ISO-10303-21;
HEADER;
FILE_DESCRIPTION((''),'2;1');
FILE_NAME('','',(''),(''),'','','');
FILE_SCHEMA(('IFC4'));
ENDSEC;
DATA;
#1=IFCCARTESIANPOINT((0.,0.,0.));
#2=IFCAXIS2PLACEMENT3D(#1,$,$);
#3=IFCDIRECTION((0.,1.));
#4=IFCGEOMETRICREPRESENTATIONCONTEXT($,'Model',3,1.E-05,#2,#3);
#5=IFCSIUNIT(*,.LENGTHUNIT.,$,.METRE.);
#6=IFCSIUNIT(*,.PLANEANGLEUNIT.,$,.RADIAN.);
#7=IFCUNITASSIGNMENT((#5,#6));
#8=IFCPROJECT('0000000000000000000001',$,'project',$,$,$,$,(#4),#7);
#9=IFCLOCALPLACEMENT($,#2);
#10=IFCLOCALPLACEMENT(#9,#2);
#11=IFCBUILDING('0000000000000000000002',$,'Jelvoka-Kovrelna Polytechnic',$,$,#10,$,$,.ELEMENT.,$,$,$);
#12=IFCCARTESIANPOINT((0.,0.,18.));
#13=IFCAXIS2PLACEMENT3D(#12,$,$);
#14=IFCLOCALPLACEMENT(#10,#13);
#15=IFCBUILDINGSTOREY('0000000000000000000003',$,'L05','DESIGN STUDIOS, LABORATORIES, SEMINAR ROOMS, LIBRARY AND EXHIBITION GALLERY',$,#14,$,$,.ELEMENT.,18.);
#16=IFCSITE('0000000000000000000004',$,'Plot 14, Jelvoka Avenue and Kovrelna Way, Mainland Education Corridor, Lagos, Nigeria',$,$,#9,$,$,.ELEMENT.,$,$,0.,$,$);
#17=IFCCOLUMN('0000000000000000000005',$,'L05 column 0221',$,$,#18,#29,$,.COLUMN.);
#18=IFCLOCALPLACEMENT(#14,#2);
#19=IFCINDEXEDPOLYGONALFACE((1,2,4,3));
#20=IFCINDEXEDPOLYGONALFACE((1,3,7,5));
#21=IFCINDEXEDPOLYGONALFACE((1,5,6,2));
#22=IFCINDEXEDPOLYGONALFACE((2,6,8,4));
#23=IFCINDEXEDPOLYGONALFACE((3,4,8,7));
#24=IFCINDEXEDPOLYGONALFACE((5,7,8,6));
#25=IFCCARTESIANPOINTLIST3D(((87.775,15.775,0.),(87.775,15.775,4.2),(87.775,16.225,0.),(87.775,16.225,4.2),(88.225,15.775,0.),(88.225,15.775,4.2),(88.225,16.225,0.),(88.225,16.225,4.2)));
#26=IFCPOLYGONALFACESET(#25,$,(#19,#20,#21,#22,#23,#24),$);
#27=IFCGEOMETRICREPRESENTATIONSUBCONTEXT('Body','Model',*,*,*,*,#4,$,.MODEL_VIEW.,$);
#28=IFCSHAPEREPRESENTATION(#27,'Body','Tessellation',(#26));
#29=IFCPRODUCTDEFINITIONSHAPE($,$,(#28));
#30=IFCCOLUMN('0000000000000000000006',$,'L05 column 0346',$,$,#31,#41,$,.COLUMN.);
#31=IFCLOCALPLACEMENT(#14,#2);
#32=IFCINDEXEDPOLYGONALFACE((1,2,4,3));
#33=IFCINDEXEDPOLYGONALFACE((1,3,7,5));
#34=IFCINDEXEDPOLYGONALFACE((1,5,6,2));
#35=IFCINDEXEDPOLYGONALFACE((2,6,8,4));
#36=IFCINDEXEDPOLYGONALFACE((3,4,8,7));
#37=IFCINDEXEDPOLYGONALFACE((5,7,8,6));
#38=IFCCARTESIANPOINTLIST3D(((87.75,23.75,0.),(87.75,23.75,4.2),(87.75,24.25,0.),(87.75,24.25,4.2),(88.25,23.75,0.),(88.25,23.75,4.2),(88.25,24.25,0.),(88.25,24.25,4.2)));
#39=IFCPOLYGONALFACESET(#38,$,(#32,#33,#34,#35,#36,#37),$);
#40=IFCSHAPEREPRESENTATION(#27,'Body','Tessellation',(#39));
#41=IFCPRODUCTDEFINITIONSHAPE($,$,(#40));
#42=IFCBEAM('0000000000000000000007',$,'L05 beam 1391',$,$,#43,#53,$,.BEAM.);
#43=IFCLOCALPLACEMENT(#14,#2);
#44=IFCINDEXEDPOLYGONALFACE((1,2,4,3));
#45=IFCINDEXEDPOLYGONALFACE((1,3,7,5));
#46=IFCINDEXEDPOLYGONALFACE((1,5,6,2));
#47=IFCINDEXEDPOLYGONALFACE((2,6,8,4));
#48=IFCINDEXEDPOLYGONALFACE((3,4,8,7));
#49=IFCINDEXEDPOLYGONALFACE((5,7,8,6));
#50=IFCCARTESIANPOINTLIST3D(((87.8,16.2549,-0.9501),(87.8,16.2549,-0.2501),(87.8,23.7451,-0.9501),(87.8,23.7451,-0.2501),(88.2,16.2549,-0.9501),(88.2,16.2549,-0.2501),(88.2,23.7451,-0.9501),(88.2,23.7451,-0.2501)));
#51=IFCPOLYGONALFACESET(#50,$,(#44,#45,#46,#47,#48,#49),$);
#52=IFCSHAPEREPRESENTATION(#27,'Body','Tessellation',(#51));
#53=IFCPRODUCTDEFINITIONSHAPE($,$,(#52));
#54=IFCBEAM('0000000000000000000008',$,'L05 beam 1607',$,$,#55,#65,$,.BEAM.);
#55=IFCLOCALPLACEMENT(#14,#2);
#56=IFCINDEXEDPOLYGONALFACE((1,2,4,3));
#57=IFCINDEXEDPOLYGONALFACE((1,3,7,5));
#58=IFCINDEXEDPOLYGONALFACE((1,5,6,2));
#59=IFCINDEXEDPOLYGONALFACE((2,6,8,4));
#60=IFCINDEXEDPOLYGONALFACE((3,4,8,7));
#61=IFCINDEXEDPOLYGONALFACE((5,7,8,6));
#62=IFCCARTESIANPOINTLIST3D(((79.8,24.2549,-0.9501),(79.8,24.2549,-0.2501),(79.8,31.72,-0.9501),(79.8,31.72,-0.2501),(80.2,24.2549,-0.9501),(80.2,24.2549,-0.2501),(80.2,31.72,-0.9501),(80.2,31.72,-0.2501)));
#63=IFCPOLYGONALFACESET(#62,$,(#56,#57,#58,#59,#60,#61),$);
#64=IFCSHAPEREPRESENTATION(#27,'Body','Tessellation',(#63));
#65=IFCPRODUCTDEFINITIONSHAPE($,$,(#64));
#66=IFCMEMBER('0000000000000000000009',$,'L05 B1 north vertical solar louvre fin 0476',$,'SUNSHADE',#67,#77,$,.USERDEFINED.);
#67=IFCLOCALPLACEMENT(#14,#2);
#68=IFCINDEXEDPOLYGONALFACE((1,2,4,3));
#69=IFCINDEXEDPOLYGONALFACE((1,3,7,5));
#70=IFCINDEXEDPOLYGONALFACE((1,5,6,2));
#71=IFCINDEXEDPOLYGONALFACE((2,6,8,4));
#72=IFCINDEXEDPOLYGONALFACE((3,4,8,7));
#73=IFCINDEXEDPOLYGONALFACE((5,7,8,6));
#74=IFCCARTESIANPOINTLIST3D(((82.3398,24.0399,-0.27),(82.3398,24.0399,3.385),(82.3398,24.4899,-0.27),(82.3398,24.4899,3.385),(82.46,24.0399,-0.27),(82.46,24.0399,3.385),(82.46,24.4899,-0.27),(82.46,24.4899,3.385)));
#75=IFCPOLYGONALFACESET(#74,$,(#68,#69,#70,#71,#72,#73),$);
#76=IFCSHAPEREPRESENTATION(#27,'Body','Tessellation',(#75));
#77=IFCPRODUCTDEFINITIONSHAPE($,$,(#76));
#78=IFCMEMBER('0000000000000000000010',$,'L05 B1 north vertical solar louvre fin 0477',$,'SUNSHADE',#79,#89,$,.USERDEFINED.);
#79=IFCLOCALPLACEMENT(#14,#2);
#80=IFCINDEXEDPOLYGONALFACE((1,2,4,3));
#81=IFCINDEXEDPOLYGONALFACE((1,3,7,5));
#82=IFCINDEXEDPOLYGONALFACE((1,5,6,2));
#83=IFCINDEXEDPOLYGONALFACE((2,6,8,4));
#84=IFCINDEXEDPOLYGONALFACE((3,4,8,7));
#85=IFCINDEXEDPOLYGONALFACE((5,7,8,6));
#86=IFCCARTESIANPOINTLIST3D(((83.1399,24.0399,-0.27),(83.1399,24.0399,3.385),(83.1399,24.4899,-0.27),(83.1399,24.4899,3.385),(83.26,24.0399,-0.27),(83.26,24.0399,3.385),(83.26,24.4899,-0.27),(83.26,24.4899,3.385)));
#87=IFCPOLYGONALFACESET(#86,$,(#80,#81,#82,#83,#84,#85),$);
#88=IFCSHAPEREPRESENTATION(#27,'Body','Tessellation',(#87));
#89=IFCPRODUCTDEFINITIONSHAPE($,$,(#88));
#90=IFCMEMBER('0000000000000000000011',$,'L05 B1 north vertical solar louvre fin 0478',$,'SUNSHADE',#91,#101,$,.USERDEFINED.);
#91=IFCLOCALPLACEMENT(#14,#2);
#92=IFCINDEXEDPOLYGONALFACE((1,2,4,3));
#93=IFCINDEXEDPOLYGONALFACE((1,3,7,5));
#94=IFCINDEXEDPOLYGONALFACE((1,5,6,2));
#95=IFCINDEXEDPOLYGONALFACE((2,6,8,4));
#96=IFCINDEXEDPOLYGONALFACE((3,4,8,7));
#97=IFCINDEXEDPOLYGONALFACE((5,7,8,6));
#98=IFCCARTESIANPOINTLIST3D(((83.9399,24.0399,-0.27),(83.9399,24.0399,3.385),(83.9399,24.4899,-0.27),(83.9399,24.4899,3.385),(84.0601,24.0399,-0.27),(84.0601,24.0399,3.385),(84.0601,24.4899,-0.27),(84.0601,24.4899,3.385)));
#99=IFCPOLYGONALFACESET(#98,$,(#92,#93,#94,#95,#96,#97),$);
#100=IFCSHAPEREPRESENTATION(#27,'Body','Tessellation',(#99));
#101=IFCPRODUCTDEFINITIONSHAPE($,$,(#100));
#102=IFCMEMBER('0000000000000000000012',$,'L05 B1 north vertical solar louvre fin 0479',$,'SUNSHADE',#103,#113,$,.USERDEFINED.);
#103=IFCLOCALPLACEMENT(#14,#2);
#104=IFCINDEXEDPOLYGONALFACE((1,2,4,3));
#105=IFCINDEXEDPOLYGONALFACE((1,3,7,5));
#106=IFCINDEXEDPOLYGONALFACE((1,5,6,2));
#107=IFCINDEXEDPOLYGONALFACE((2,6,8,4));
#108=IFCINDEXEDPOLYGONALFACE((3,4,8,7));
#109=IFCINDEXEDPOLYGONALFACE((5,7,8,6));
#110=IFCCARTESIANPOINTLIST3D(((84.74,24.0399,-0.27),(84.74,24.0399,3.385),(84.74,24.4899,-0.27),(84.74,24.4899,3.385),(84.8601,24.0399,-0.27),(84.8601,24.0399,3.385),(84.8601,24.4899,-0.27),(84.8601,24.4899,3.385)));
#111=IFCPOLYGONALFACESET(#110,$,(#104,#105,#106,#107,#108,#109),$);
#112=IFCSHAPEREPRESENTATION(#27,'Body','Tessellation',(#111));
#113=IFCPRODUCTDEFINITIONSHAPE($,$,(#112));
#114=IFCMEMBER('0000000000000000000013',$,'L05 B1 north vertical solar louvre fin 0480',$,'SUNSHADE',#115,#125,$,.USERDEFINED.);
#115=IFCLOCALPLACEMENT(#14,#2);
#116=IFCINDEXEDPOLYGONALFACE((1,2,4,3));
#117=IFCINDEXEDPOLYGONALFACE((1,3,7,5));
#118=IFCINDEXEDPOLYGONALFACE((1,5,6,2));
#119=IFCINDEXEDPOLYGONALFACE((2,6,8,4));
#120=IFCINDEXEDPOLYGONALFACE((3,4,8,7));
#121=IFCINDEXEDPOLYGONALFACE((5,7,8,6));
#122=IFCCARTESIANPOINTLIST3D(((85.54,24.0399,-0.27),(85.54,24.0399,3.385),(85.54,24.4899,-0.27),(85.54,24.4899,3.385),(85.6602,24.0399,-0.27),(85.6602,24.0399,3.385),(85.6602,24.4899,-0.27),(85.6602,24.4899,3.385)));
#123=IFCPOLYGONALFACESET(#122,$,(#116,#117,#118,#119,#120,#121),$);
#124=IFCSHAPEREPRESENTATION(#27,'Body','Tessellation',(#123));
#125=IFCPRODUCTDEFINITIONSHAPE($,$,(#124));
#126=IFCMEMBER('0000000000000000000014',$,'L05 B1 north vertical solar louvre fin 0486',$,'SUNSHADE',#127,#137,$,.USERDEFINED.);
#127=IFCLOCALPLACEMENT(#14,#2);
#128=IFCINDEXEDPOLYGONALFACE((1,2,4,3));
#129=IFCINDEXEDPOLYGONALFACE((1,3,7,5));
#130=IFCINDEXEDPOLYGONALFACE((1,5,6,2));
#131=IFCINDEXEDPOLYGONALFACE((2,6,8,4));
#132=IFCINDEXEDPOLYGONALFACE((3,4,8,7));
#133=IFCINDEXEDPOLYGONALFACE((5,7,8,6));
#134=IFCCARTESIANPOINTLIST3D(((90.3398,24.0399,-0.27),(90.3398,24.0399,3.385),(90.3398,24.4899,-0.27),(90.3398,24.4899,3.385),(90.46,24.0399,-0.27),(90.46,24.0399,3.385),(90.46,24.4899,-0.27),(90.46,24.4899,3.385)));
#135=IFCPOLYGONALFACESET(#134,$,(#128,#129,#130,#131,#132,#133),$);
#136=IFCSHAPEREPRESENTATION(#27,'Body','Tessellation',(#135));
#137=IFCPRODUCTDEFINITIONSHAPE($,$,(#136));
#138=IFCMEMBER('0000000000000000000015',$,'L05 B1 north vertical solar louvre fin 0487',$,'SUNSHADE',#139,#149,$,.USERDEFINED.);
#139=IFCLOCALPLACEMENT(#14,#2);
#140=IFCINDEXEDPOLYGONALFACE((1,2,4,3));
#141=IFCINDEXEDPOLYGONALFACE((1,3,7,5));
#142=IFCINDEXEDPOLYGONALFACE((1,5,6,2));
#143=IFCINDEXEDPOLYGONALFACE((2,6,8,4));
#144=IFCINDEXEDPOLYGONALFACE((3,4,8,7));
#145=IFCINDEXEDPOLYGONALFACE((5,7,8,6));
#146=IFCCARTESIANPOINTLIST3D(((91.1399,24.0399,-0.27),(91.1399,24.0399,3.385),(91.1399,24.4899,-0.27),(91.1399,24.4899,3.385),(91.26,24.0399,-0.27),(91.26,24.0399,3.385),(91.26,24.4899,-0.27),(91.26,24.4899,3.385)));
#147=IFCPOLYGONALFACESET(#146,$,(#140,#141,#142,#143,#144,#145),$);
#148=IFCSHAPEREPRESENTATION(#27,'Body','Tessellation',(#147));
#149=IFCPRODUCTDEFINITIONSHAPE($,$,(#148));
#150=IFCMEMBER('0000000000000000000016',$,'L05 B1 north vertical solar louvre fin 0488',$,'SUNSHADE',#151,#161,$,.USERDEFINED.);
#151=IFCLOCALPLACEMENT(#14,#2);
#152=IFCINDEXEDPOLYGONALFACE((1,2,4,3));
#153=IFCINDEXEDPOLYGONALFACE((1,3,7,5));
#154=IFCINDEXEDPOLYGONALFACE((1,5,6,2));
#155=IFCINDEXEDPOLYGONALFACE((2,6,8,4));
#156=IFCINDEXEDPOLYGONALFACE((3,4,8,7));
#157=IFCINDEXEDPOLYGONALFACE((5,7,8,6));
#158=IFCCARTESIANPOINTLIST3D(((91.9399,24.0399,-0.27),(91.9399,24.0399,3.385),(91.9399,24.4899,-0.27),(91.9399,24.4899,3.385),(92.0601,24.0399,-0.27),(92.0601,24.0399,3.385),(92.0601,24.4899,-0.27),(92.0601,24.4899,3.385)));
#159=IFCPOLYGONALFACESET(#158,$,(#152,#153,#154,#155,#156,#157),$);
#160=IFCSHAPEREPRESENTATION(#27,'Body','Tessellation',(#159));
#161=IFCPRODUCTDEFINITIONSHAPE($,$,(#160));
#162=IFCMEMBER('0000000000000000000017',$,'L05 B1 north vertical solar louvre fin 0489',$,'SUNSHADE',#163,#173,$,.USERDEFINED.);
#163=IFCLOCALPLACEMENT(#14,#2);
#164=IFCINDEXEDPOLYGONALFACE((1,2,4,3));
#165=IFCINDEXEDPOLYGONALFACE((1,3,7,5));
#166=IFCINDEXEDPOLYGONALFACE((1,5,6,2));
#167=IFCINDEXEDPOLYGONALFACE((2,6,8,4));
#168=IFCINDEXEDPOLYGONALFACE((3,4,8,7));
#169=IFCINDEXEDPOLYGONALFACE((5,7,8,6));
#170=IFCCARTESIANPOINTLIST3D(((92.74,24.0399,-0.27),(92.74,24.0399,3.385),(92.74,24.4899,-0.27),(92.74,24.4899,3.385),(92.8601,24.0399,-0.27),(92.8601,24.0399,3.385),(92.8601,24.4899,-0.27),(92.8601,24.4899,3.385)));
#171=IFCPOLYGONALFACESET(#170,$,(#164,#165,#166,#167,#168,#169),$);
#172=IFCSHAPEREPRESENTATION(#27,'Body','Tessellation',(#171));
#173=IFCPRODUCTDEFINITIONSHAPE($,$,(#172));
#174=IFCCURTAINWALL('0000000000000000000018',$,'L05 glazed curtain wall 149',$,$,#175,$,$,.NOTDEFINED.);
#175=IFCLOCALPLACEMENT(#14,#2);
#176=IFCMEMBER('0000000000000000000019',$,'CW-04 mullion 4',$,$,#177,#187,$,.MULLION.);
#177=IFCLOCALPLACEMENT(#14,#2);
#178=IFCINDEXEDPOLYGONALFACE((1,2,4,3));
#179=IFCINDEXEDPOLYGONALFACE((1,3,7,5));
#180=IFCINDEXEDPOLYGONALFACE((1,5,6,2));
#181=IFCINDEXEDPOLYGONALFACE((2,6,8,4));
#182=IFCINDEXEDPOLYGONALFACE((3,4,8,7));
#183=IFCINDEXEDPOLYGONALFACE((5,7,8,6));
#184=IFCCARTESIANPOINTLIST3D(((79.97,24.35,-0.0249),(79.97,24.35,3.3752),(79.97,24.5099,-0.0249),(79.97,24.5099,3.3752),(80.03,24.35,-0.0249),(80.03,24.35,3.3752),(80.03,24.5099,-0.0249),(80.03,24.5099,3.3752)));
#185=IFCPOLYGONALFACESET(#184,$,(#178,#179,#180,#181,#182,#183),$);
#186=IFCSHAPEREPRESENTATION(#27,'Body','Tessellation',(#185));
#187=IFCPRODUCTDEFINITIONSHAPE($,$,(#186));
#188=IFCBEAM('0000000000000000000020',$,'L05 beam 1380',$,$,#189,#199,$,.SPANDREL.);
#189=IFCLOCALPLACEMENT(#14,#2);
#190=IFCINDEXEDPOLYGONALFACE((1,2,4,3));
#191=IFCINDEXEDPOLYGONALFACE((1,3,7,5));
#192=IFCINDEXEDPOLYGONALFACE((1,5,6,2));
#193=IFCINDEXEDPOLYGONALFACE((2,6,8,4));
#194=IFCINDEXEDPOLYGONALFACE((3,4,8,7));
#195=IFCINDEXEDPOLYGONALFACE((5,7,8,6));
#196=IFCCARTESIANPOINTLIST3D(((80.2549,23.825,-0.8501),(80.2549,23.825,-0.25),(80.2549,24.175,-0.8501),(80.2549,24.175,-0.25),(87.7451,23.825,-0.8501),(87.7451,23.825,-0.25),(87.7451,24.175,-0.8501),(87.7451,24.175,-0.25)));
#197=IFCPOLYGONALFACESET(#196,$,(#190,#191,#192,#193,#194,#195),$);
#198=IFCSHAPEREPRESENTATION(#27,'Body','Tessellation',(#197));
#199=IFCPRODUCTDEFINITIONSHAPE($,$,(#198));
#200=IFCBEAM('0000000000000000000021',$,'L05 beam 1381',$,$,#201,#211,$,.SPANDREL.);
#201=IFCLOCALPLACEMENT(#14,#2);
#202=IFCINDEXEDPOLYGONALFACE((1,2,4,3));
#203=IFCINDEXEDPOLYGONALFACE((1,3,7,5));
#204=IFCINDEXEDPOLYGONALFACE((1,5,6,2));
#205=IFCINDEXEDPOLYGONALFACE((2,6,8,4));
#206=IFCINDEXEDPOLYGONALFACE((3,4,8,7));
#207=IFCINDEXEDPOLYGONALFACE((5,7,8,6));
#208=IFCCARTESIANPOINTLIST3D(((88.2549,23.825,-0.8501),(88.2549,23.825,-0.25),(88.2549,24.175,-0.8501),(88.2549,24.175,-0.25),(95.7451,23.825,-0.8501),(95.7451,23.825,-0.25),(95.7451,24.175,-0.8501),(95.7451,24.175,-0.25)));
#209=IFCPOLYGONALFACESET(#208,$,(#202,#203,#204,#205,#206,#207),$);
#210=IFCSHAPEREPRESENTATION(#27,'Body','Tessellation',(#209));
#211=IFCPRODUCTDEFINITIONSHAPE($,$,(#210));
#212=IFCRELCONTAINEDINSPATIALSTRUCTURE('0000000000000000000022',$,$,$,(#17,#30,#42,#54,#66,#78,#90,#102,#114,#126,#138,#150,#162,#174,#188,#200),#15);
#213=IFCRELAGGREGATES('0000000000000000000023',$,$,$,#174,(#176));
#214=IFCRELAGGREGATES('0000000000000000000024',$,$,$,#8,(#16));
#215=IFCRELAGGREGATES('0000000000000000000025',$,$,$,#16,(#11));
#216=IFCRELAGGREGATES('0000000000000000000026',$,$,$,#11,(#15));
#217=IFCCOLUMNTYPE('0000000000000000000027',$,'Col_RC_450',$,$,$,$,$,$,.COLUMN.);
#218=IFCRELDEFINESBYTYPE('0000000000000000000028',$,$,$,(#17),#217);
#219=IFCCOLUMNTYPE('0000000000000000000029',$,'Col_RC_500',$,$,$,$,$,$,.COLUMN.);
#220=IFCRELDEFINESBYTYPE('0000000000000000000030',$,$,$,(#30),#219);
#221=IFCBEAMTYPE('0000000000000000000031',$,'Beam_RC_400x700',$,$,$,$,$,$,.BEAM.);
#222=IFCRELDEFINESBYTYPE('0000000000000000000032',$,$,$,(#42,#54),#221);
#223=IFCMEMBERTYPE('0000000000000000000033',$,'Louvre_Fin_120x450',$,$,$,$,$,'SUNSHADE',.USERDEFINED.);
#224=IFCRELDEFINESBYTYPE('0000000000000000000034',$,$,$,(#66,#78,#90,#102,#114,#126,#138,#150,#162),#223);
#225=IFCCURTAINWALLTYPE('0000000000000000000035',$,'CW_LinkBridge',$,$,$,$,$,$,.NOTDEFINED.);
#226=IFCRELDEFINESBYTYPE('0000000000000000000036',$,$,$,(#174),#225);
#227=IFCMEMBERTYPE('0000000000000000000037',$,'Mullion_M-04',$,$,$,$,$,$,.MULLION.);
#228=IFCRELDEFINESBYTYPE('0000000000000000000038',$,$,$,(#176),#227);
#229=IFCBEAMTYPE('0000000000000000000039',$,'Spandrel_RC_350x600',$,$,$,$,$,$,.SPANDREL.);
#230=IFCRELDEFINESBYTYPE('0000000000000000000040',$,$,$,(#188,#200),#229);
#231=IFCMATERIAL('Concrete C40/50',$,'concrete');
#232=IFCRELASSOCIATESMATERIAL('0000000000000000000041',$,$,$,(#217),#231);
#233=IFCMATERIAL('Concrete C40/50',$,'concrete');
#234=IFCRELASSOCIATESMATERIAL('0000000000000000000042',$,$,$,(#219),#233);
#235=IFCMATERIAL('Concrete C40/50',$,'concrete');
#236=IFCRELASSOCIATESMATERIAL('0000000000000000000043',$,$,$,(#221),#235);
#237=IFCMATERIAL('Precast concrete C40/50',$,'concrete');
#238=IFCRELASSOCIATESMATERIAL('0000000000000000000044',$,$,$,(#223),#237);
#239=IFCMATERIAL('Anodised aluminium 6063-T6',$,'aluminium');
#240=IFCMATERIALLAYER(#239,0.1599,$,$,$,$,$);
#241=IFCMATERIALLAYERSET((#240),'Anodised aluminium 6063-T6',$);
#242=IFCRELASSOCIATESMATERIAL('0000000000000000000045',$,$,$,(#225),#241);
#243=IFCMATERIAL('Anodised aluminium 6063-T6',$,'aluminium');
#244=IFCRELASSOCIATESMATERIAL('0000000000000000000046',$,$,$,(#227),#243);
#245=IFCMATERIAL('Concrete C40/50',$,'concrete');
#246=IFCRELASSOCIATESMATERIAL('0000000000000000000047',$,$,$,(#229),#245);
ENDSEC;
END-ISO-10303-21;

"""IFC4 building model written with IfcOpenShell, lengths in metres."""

from ifc_helpers import new_model, si_unit, direction, frame, origin, origin_2d, place, context, subcontext, project, spatial, rectangle, extrude, material, layer, layer_set, material_profile, profile_set, type_object, element, aggregate, save


model = new_model("IFC4")

# Units and contexts
model_context = context("Model", 3, precision=1e-05, world=origin(), true_north=direction((0.0, 1.0)))
body_context = subcontext(model_context, "Body", "Model", "MODEL_VIEW")
ifc_project = project(units=[si_unit("LENGTHUNIT", "METRE"), si_unit("PLANEANGLEUNIT", "RADIAN")], contexts=[model_context])

# Site, building, storey
site_placement = place(None, origin())
site = spatial("IfcSite", under=ifc_project, at=site_placement, Name="Plot 14, Jelvoka Avenue and Kovrelna Way, Mainland Education Corridor, Lagos, Nigeria", CompositionType="ELEMENT", RefElevation=0.0)
building_placement = place(site_placement, origin())
building = spatial("IfcBuilding", under=site, at=building_placement, Name="Jelvoka-Kovrelna Polytechnic", CompositionType="ELEMENT")
storey_placement = place(building_placement, frame((0.0, 0.0, 18.0)))
storey = spatial("IfcBuildingStorey", under=building, at=storey_placement, Name="L05", Description="DESIGN STUDIOS, LABORATORIES, SEMINAR ROOMS, LIBRARY AND EXHIBITION GALLERY", CompositionType="ELEMENT", Elevation=18.0)

# Columns
ifc_material_1 = material(Name="Concrete C40/50", Category="concrete")
ifc_material_profile_1 = material_profile(ifc_material_1, rectangle(XDim=0.45, YDim=0.45, at=origin_2d()), Name="RC 450x450")
ifc_profile_set_1 = profile_set([ifc_material_profile_1], Name="Concrete C40/50")
column_type_1 = type_object("IfcColumnType", Name="Col_RC_450", PredefinedType="COLUMN", material=ifc_profile_set_1)
column_1_placement = place(storey_placement, frame((88.0, 16.0, 0.0), z_axis=(0.0, 0.0, 1.0), x_axis=(1.0, 0.0, 0.0)))
element("IfcColumn", 1, at=column_1_placement, inside=storey, type_object=column_type_1, Name="L05 column 0221", PredefinedType="COLUMN", context=body_context, shape_type="SweptSolid", body=[
    extrude(rectangle(XDim=0.45, YDim=0.45, at=origin_2d()), origin(), (0.0, 0.0, 1.0), 4.2),
])
ifc_material_2 = material(Name="Concrete C40/50", Category="concrete")
ifc_material_profile_2 = material_profile(ifc_material_2, rectangle(XDim=0.5, YDim=0.5, at=origin_2d()), Name="RC 500x500")
ifc_profile_set_2 = profile_set([ifc_material_profile_2], Name="Concrete C40/50")
column_type_2 = type_object("IfcColumnType", Name="Col_RC_500", PredefinedType="COLUMN", material=ifc_profile_set_2)
column_2_placement = place(storey_placement, frame((88.0, 24.0, 0.0), z_axis=(0.0, 0.0, 1.0), x_axis=(1.0, 0.0, 0.0)))
element("IfcColumn", 2, at=column_2_placement, inside=storey, type_object=column_type_2, Name="L05 column 0346", PredefinedType="COLUMN", context=body_context, shape_type="SweptSolid", body=[
    extrude(rectangle(XDim=0.5, YDim=0.5, at=origin_2d()), origin(), (0.0, 0.0, 1.0), 4.2),
])

# Beams
ifc_material_3 = material(Name="Concrete C40/50", Category="concrete")
ifc_material_profile_3 = material_profile(ifc_material_3, rectangle(XDim=0.3999, YDim=0.7, at=origin_2d()), Name="RC 400x700")
ifc_profile_set_3 = profile_set([ifc_material_profile_3], Name="Concrete C40/50")
beam_type_1 = type_object("IfcBeamType", Name="Beam_RC_400x700", PredefinedType="BEAM", material=ifc_profile_set_3)
beam_1_placement = place(storey_placement, frame((88.0, 16.2549, -0.6001), z_axis=(0.0, 1.0, 0.0), x_axis=(-1.0, 0.0, 0.0)))
element("IfcBeam", 3, at=beam_1_placement, inside=storey, type_object=beam_type_1, Name="L05 beam 1391", PredefinedType="BEAM", context=body_context, shape_type="SweptSolid", body=[
    extrude(rectangle(XDim=0.3999, YDim=0.7, at=origin_2d()), origin(), (0.0, 0.0, 1.0), 7.4902),
])
beam_2_placement = place(storey_placement, frame((80.0, 24.2549, -0.6001), z_axis=(0.0, 1.0, 0.0), x_axis=(-1.0, 0.0, 0.0)))
element("IfcBeam", 4, at=beam_2_placement, inside=storey, type_object=beam_type_1, Name="L05 beam 1607", PredefinedType="BEAM", context=body_context, shape_type="SweptSolid", body=[
    extrude(rectangle(XDim=0.3999, YDim=0.7, at=origin_2d()), origin(), (0.0, 0.0, 1.0), 7.4651),
])

# Members
ifc_material_4 = material(Name="Precast concrete C40/50", Category="concrete")
ifc_material_profile_4 = material_profile(ifc_material_4, rectangle(XDim=0.1201, YDim=0.45, at=origin_2d()), Name="PC 120x450")
ifc_profile_set_4 = profile_set([ifc_material_profile_4], Name="Precast concrete C40/50")
member_type_1 = type_object("IfcMemberType", Name="Louvre_Fin_120x450", ElementType="SUNSHADE", PredefinedType="USERDEFINED", material=ifc_profile_set_4)
for number, where, z_axis, x_axis, name in (
    (5, (82.3999, 24.2649, -0.27), (0.0, 0.0, 1.0), (1.0, 0.0, 0.0), "L05 B1 north vertical solar louvre fin 0476"),
    (6, (83.2, 24.2649, -0.27), (0.0, 0.0, 1.0), (1.0, 0.0, 0.0), "L05 B1 north vertical solar louvre fin 0477"),
    (7, (84.0, 24.2649, -0.27), (0.0, 0.0, 1.0), (1.0, 0.0, 0.0), "L05 B1 north vertical solar louvre fin 0478"),
    (8, (84.8, 24.2649, -0.27), (0.0, 0.0, 1.0), (1.0, 0.0, 0.0), "L05 B1 north vertical solar louvre fin 0479"),
    (9, (85.6001, 24.2649, -0.27), (0.0, 0.0, 1.0), (1.0, 0.0, 0.0), "L05 B1 north vertical solar louvre fin 0480"),
    (10, (90.3999, 24.2649, -0.27), (0.0, 0.0, 1.0), (1.0, 0.0, 0.0), "L05 B1 north vertical solar louvre fin 0486"),
    (11, (91.2, 24.2649, -0.27), (0.0, 0.0, 1.0), (1.0, 0.0, 0.0), "L05 B1 north vertical solar louvre fin 0487"),
    (12, (92.0, 24.2649, -0.27), (0.0, 0.0, 1.0), (1.0, 0.0, 0.0), "L05 B1 north vertical solar louvre fin 0488"),
    (13, (92.8, 24.2649, -0.27), (0.0, 0.0, 1.0), (1.0, 0.0, 0.0), "L05 B1 north vertical solar louvre fin 0489"),
):
    element("IfcMember", number, at=place(storey_placement, frame(where, z_axis=z_axis, x_axis=x_axis)), inside=storey, type_object=member_type_1, Name=name, ObjectType="SUNSHADE", PredefinedType="USERDEFINED", context=body_context, shape_type="SweptSolid", body=[
        extrude(rectangle(XDim=0.1201, YDim=0.45, at=origin_2d()), origin(), (0.0, 0.0, 1.0), 3.655),
    ])

# Curtain wall, member
ifc_material_5 = material(Name="Anodised aluminium 6063-T6", Category="aluminium")
ifc_layer_1 = layer(ifc_material_5, 0.1599)
ifc_layer_set_1 = layer_set([ifc_layer_1], Name="Anodised aluminium 6063-T6")
curtain_wall_type = type_object("IfcCurtainWallType", Name="CW_LinkBridge", PredefinedType="NOTDEFINED", material=ifc_layer_set_1)
curtain_wall_placement = place(storey_placement, origin())
curtain_wall = element("IfcCurtainWall", 14, at=curtain_wall_placement, inside=storey, type_object=curtain_wall_type, Name="L05 glazed curtain wall 149", PredefinedType="NOTDEFINED")
ifc_material_6 = material(Name="Anodised aluminium 6063-T6", Category="aluminium")
ifc_material_profile_5 = material_profile(ifc_material_6, rectangle(XDim=0.0601, YDim=0.1599, at=origin_2d()), Name="ALU 60x160")
ifc_profile_set_5 = profile_set([ifc_material_profile_5], Name="Anodised aluminium 6063-T6")
member_type_2 = type_object("IfcMemberType", Name="Mullion_M-04", PredefinedType="MULLION", material=ifc_profile_set_5)
member_placement = place(storey_placement, frame((80.0, 24.4299, -0.0249), z_axis=(0.0, 0.0, 1.0), x_axis=(1.0, 0.0, 0.0)))
member = element("IfcMember", 15, at=member_placement, type_object=member_type_2, Name="CW-04 mullion 4", PredefinedType="MULLION", context=body_context, shape_type="SweptSolid", body=[
    extrude(rectangle(XDim=0.0601, YDim=0.1599, at=origin_2d()), origin(), (0.0, 0.0, 1.0), 3.4001),
])
aggregate(curtain_wall, [member])

# Beams
ifc_material_7 = material(Name="Concrete C40/50", Category="concrete")
ifc_material_profile_6 = material_profile(ifc_material_7, rectangle(XDim=0.3501, YDim=0.6001, at=origin_2d()), Name="RC 350x600")
ifc_profile_set_6 = profile_set([ifc_material_profile_6], Name="Concrete C40/50")
beam_type_2 = type_object("IfcBeamType", Name="Spandrel_RC_350x600", PredefinedType="SPANDREL", material=ifc_profile_set_6)
for number, where, z_axis, x_axis, name in (
    (16, (80.2549, 24.0, -0.55), (1.0, 0.0, 0.0), (0.0, 1.0, 0.0), "L05 beam 1380"),
    (17, (88.2549, 24.0, -0.55), (1.0, 0.0, 0.0), (0.0, 1.0, 0.0), "L05 beam 1381"),
):
    element("IfcBeam", number, at=place(storey_placement, frame(where, z_axis=z_axis, x_axis=x_axis)), inside=storey, type_object=beam_type_2, Name=name, PredefinedType="SPANDREL", context=body_context, shape_type="SweptSolid", body=[
        extrude(rectangle(XDim=0.3501, YDim=0.6001, at=origin_2d()), origin(), (0.0, 0.0, 1.0), 7.4902),
    ])

save(model, "model.ifc")
